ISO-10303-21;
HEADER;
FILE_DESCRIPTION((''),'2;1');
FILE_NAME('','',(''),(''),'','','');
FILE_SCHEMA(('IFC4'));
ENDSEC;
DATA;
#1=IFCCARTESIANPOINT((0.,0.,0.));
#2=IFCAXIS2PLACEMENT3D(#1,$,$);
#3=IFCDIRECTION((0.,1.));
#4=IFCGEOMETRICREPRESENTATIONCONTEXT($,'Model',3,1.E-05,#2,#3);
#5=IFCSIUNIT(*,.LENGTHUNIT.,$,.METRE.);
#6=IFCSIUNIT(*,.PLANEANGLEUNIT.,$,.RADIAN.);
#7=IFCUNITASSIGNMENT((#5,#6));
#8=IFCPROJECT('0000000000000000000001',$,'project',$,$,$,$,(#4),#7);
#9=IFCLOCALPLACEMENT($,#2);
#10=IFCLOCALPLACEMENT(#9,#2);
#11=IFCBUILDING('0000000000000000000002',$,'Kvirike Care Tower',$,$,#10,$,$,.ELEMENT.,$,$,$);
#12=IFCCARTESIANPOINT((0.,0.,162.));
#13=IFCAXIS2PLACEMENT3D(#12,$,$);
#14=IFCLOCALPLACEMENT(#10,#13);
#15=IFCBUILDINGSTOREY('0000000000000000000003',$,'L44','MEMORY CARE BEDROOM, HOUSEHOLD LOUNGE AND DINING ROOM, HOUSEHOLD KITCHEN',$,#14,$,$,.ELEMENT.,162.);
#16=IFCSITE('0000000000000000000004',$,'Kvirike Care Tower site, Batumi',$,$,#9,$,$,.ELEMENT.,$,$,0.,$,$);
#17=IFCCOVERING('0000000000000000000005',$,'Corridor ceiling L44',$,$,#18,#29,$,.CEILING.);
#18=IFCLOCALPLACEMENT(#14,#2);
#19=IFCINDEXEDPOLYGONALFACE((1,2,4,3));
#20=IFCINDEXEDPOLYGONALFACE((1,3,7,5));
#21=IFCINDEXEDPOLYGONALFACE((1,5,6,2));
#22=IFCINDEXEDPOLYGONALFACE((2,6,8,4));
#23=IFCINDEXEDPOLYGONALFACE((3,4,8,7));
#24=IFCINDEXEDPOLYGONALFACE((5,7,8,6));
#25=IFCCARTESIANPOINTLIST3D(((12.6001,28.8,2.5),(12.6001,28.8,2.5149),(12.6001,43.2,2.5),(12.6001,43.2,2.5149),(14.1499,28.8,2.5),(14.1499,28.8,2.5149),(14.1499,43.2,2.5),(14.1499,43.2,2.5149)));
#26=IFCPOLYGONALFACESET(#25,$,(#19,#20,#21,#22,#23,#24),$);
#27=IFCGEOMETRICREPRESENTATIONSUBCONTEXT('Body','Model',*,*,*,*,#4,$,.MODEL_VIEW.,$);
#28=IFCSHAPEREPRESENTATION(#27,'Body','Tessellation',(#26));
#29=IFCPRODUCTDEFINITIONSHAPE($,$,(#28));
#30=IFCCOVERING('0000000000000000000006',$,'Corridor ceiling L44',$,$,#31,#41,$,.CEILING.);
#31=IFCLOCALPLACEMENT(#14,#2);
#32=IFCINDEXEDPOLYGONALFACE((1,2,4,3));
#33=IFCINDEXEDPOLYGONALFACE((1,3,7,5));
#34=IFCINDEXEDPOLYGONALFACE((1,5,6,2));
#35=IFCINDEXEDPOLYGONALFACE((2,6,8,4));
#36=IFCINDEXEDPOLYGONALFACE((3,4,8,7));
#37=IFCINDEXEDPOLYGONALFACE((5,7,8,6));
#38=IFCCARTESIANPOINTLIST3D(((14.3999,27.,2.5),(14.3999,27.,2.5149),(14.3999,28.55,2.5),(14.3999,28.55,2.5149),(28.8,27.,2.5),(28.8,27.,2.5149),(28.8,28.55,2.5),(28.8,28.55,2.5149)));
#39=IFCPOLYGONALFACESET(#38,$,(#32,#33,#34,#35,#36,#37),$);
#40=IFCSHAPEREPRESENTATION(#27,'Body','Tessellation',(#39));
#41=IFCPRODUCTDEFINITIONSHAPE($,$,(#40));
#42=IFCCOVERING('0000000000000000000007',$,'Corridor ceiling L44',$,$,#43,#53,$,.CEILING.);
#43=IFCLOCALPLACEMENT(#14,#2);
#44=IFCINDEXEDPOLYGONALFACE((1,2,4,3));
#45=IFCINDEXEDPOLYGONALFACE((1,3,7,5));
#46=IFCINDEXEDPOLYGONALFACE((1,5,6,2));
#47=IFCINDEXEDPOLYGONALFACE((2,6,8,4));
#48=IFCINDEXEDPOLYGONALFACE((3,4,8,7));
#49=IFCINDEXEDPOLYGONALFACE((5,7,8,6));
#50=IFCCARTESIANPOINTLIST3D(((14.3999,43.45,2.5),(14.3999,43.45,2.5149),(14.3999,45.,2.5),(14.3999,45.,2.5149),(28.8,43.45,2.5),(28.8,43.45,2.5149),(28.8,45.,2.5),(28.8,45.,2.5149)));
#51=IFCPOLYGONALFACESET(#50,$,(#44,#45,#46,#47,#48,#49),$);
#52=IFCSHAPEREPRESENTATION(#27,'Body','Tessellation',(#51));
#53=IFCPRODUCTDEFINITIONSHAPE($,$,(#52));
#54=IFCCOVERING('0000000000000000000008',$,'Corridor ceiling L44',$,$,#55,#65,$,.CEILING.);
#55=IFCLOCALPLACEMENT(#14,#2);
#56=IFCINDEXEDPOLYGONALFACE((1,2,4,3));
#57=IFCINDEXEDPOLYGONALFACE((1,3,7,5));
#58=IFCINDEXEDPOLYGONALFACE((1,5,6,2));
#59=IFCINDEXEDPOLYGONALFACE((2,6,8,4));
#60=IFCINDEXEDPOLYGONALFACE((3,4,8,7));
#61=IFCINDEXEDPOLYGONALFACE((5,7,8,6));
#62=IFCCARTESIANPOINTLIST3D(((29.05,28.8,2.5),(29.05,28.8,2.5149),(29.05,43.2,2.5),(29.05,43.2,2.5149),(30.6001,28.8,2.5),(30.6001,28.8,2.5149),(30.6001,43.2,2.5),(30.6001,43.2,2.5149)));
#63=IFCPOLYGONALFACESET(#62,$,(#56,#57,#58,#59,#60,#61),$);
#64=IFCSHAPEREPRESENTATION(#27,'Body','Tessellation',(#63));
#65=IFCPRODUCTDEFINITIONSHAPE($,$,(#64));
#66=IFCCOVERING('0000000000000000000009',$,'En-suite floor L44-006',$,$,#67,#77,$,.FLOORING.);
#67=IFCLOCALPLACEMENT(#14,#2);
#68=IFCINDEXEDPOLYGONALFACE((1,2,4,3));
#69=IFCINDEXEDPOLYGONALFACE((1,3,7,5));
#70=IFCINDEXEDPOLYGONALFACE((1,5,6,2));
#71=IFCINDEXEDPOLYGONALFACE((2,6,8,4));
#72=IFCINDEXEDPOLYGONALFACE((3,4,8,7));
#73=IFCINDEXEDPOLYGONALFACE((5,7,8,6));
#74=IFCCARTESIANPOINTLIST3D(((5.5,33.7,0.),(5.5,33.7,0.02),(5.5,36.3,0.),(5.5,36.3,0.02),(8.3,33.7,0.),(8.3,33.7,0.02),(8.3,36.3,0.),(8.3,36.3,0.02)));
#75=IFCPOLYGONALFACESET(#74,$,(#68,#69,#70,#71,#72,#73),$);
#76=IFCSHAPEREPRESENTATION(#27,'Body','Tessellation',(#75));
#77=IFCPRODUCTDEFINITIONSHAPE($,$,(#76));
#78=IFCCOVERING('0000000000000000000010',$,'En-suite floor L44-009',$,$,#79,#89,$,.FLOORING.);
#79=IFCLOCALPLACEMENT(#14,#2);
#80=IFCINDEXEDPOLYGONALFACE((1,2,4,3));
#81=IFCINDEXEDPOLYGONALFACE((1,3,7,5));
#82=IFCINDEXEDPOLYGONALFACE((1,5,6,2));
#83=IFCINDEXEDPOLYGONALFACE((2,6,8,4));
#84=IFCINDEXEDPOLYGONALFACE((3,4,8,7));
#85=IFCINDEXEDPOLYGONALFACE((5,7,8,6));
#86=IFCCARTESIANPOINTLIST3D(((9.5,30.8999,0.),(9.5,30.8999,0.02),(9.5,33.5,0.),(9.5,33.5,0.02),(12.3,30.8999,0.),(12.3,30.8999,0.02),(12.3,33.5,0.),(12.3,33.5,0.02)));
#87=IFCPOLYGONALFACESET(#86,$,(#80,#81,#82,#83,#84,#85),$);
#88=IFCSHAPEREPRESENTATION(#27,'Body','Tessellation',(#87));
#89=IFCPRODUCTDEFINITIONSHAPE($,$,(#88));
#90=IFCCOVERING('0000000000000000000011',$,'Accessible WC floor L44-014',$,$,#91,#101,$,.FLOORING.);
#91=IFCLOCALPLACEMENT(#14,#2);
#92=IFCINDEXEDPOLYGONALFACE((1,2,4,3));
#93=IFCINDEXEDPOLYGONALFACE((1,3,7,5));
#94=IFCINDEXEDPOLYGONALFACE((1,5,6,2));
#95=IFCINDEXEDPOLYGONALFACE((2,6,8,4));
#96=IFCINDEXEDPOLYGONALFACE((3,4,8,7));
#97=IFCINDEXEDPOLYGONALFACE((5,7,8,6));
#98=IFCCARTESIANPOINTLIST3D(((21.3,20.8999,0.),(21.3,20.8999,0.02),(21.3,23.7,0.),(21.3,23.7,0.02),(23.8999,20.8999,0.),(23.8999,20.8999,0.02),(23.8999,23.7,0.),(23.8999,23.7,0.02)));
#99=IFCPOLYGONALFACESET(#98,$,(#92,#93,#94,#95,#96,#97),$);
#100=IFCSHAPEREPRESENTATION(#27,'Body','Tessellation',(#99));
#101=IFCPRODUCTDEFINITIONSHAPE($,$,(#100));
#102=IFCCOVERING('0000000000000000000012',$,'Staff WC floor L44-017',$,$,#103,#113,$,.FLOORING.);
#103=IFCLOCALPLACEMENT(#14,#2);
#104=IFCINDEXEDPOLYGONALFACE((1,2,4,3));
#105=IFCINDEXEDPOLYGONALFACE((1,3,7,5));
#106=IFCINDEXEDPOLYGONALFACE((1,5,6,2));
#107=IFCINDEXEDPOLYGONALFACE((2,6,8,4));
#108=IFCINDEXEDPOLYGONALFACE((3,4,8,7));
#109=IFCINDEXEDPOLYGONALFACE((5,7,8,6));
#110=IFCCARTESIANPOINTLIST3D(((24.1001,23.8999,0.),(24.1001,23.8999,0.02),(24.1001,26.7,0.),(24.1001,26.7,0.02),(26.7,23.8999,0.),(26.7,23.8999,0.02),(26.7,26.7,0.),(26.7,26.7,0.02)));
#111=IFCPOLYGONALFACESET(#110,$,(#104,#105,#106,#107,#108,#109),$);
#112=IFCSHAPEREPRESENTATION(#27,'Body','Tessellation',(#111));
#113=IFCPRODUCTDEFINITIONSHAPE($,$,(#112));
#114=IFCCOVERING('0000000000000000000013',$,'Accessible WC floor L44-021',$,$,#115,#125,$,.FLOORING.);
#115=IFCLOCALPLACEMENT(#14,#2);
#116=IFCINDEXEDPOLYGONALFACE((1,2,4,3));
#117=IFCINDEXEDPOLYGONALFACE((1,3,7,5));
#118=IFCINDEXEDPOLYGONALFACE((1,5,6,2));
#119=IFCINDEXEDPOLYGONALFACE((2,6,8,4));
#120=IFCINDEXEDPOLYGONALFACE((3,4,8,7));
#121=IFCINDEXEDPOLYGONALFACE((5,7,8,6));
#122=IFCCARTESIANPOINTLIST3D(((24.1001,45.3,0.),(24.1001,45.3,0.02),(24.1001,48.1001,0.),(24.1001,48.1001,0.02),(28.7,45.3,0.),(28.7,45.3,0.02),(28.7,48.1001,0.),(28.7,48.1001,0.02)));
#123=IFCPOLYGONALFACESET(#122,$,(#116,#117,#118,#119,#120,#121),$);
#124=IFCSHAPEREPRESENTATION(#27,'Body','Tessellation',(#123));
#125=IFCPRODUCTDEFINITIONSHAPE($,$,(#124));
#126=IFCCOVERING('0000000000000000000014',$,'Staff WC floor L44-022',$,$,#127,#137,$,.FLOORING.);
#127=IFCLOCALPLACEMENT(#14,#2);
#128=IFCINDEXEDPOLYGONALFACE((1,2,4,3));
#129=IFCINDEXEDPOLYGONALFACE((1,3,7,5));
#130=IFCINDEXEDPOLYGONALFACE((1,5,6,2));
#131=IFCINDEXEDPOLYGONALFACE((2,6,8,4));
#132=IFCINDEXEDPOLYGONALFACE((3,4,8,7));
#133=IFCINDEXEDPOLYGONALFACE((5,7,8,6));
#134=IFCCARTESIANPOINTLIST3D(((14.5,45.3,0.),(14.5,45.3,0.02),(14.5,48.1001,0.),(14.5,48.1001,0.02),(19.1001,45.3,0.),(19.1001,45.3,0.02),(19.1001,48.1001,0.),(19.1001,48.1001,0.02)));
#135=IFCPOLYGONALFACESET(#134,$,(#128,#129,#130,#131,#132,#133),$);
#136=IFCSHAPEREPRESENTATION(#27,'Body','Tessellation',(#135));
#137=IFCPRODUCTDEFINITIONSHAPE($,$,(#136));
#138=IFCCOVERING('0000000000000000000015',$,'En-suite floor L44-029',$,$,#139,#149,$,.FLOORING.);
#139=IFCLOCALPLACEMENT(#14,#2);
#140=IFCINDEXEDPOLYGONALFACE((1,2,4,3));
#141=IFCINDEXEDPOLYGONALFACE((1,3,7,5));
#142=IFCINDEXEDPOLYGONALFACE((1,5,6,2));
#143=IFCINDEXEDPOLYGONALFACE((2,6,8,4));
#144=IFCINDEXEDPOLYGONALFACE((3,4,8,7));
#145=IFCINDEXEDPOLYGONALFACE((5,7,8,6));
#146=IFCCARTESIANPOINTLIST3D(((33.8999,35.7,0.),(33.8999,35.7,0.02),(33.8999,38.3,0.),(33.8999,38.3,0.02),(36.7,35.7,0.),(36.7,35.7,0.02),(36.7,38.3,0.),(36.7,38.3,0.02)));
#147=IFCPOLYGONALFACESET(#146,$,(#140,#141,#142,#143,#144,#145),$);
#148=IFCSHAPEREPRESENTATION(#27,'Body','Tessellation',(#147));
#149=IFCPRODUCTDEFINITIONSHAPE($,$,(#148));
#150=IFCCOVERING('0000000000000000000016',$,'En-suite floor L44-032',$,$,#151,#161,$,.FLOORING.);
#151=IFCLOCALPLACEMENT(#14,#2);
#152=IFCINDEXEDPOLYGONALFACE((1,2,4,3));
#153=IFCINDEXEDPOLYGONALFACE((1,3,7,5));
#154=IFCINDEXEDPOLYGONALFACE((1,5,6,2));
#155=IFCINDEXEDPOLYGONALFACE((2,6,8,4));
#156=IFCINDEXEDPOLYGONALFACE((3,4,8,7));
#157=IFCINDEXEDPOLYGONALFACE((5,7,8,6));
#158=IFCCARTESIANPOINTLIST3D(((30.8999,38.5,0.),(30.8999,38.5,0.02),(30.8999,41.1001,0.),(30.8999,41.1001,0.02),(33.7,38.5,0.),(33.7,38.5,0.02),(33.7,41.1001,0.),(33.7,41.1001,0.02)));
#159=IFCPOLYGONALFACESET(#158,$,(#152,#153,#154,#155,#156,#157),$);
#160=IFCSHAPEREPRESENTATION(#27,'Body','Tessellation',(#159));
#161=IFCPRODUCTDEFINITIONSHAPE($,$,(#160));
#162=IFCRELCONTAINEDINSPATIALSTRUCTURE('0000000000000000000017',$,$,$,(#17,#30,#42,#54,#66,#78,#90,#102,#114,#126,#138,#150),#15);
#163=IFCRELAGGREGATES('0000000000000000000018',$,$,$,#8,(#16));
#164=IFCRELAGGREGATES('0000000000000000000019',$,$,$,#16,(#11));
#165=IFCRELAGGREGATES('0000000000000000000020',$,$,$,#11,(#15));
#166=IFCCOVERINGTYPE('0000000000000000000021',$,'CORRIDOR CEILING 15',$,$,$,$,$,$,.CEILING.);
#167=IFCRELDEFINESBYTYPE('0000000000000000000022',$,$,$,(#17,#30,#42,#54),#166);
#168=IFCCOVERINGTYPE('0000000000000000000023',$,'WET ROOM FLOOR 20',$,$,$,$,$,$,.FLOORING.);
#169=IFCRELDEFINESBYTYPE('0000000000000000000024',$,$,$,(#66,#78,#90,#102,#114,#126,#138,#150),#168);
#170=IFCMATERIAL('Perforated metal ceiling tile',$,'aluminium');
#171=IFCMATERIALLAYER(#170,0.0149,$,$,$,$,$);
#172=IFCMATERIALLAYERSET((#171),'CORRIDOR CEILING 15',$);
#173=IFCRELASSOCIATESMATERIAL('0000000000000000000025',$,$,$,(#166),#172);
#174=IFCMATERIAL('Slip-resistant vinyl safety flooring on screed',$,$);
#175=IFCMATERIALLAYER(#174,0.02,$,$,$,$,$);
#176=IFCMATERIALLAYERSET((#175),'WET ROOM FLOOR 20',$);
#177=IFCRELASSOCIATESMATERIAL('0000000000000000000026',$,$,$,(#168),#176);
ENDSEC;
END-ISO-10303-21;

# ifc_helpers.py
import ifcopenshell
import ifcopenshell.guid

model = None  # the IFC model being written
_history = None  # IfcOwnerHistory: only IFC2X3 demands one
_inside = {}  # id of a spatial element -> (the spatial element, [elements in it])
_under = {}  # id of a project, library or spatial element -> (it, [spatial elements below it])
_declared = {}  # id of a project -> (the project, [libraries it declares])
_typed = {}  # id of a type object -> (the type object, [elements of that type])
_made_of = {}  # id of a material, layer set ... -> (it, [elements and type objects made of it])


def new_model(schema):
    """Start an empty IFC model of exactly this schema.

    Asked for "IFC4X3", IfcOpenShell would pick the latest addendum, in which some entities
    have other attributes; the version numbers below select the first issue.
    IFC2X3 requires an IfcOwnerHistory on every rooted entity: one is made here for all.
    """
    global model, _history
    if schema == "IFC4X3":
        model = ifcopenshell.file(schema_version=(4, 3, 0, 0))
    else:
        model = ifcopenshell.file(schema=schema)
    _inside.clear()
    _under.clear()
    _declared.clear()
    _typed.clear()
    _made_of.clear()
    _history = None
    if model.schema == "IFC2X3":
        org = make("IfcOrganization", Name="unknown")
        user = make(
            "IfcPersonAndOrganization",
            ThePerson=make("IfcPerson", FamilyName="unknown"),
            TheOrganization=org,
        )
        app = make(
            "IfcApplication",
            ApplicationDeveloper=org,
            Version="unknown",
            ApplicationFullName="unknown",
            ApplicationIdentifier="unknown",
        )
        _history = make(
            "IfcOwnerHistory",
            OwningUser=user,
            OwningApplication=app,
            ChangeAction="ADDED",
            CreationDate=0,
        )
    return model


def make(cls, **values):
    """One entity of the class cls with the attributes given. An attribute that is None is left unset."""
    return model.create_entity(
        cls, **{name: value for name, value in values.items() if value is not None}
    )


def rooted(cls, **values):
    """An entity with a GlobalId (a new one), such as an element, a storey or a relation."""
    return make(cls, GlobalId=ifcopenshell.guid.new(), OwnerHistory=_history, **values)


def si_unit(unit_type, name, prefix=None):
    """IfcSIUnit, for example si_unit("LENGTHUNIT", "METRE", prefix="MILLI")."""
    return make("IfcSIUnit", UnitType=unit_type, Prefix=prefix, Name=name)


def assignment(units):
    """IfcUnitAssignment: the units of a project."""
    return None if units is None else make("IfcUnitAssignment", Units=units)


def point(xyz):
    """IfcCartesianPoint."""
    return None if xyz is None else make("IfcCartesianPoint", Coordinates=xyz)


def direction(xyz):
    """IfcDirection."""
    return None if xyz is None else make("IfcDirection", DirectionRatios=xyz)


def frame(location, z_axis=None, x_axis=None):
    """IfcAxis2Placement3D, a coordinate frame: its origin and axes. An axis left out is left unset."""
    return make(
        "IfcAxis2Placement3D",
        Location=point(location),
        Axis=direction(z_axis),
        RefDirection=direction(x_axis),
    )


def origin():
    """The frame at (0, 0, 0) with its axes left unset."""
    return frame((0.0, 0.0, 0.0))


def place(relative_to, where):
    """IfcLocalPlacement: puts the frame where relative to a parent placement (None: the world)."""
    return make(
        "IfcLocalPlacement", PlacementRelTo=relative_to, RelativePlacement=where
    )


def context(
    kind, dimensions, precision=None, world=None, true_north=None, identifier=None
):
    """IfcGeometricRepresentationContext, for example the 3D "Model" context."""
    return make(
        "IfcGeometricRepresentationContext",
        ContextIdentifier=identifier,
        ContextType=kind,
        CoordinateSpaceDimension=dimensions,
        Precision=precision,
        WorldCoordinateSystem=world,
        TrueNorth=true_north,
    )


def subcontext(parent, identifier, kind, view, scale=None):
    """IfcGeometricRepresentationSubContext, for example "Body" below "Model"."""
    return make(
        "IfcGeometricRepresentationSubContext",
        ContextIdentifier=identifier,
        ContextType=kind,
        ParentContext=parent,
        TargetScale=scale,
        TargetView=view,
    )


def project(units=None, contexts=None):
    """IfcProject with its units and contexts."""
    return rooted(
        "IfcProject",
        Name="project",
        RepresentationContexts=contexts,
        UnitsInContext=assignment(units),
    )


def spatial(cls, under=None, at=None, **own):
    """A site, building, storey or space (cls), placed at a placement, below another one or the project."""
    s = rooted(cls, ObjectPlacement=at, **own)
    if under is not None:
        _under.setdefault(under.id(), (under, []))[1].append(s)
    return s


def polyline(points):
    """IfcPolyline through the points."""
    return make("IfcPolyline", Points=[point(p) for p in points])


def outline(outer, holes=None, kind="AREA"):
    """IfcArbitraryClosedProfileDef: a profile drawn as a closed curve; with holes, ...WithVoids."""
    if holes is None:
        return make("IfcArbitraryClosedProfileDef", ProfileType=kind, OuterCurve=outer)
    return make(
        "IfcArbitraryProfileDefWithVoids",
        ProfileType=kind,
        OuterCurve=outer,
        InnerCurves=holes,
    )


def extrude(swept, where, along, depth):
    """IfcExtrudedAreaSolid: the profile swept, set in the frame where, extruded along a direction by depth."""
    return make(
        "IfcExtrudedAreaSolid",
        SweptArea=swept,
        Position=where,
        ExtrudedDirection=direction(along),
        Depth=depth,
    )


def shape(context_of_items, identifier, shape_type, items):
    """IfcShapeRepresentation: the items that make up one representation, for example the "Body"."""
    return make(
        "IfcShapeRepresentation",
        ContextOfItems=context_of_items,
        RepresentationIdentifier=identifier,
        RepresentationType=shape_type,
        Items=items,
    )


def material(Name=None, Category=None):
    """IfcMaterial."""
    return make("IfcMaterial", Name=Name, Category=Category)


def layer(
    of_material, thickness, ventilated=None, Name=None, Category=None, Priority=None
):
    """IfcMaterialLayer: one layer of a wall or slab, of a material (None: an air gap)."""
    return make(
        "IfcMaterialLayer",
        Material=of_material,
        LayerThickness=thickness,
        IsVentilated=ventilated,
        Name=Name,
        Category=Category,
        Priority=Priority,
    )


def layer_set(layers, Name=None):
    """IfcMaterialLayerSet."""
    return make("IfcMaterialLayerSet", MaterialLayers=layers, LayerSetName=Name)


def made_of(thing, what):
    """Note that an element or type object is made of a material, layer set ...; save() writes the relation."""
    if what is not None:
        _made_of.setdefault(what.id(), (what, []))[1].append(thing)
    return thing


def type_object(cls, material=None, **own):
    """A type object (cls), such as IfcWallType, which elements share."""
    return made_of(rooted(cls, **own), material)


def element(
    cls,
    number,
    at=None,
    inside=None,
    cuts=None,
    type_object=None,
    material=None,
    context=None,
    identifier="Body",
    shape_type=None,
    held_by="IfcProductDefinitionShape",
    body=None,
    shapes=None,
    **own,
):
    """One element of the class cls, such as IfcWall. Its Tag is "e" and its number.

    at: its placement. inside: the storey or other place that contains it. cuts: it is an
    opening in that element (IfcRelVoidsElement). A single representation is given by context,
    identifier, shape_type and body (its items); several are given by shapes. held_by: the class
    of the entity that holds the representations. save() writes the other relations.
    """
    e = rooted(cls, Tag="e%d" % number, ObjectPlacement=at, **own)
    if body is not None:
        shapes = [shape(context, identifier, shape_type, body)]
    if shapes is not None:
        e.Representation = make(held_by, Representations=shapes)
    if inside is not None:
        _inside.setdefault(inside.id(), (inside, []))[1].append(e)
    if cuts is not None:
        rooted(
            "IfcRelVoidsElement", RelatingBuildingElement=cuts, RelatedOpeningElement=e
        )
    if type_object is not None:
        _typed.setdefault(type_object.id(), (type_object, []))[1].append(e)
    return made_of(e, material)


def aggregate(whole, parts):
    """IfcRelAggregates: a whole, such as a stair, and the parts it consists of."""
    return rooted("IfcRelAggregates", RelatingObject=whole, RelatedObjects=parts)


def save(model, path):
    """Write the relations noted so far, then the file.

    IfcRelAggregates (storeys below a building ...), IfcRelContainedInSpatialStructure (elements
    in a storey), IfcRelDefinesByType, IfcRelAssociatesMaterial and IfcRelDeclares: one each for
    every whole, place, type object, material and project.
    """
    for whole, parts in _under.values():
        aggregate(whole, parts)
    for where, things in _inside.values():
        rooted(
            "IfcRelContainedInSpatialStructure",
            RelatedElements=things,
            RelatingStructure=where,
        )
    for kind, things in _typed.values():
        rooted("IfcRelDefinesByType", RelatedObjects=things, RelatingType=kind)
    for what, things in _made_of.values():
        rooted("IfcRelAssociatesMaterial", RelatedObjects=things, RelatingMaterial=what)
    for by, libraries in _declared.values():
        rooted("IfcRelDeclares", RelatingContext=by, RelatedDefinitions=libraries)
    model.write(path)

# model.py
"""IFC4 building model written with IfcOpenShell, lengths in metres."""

from ifc_helpers import new_model, si_unit, direction, frame, origin, place, context, subcontext, project, spatial, polyline, outline, extrude, material, layer, layer_set, type_object, element, save


model = new_model("IFC4")

# Units and contexts
model_context = context("Model", 3, precision=1e-05, world=origin(), true_north=direction((0.0, 1.0)))
body_context = subcontext(model_context, "Body", "Model", "MODEL_VIEW")
ifc_project = project(units=[si_unit("LENGTHUNIT", "METRE"), si_unit("PLANEANGLEUNIT", "RADIAN")], contexts=[model_context])

# Site, building, storey
site_placement = place(None, origin())
site = spatial("IfcSite", under=ifc_project, at=site_placement, Name="Kvirike Care Tower site, Batumi", CompositionType="ELEMENT", RefElevation=0.0)
building_placement = place(site_placement, origin())
building = spatial("IfcBuilding", under=site, at=building_placement, Name="Kvirike Care Tower", CompositionType="ELEMENT")
storey_placement = place(building_placement, frame((0.0, 0.0, 162.0)))
storey = spatial("IfcBuildingStorey", under=building, at=storey_placement, Name="L44", Description="MEMORY CARE BEDROOM, HOUSEHOLD LOUNGE AND DINING ROOM, HOUSEHOLD KITCHEN", CompositionType="ELEMENT", Elevation=162.0)

# Coverings
ifc_material_1 = material(Name="Perforated metal ceiling tile", Category="aluminium")
ifc_layer_1 = layer(ifc_material_1, 0.0149)
ifc_layer_set_1 = layer_set([ifc_layer_1], Name="CORRIDOR CEILING 15")
covering_type_1 = type_object("IfcCoveringType", Name="CORRIDOR CEILING 15", PredefinedType="CEILING", material=ifc_layer_set_1)
covering_1_placement = place(storey_placement, frame((0.0, 0.0, 2.5)))
element("IfcCovering", 1, at=covering_1_placement, inside=storey, type_object=covering_type_1, Name="Corridor ceiling L44", PredefinedType="CEILING", context=body_context, shape_type="SweptSolid", body=[
    extrude(outline(polyline([(12.6001, 43.2), (14.1499, 43.2), (14.1499, 28.8), (12.6001, 28.8), (12.6001, 43.2)])), origin(), (0.0, 0.0, 1.0), 0.0149),
])
covering_2_placement = place(storey_placement, frame((0.0, 0.0, 2.5)))
element("IfcCovering", 2, at=covering_2_placement, inside=storey, type_object=covering_type_1, Name="Corridor ceiling L44", PredefinedType="CEILING", context=body_context, shape_type="SweptSolid", body=[
    extrude(outline(polyline([(14.3999, 27.0), (14.3999, 28.55), (28.8, 28.55), (28.8, 27.0), (14.3999, 27.0)])), origin(), (0.0, 0.0, 1.0), 0.0149),
])
covering_3_placement = place(storey_placement, frame((0.0, 0.0, 2.5)))
element("IfcCovering", 3, at=covering_3_placement, inside=storey, type_object=covering_type_1, Name="Corridor ceiling L44", PredefinedType="CEILING", context=body_context, shape_type="SweptSolid", body=[
    extrude(outline(polyline([(28.8, 45.0), (28.8, 43.45), (14.3999, 43.45), (14.3999, 45.0), (28.8, 45.0)])), origin(), (0.0, 0.0, 1.0), 0.0149),
])
covering_4_placement = place(storey_placement, frame((0.0, 0.0, 2.5)))
element("IfcCovering", 4, at=covering_4_placement, inside=storey, type_object=covering_type_1, Name="Corridor ceiling L44", PredefinedType="CEILING", context=body_context, shape_type="SweptSolid", body=[
    extrude(outline(polyline([(30.6001, 28.8), (29.05, 28.8), (29.05, 43.2), (30.6001, 43.2), (30.6001, 28.8)])), origin(), (0.0, 0.0, 1.0), 0.0149),
])
ifc_material_2 = material(Name="Slip-resistant vinyl safety flooring on screed")
ifc_layer_2 = layer(ifc_material_2, 0.02)
ifc_layer_set_2 = layer_set([ifc_layer_2], Name="WET ROOM FLOOR 20")
covering_type_2 = type_object("IfcCoveringType", Name="WET ROOM FLOOR 20", PredefinedType="FLOORING", material=ifc_layer_set_2)
covering_5_placement = place(storey_placement, origin())
element("IfcCovering", 5, at=covering_5_placement, inside=storey, type_object=covering_type_2, Name="En-suite floor L44-006", PredefinedType="FLOORING", context=body_context, shape_type="SweptSolid", body=[
    extrude(outline(polyline([(5.5, 36.3), (8.3, 36.3), (8.3, 33.7), (5.5, 33.7), (5.5, 36.3)])), origin(), (0.0, 0.0, 1.0), 0.02),
])
covering_6_placement = place(storey_placement, origin())
element("IfcCovering", 6, at=covering_6_placement, inside=storey, type_object=covering_type_2, Name="En-suite floor L44-009", PredefinedType="FLOORING", context=body_context, shape_type="SweptSolid", body=[
    extrude(outline(polyline([(9.5, 33.5), (12.3, 33.5), (12.3, 30.8999), (9.5, 30.8999), (9.5, 33.5)])), origin(), (0.0, 0.0, 1.0), 0.02),
])
covering_7_placement = place(storey_placement, origin())
element("IfcCovering", 7, at=covering_7_placement, inside=storey, type_object=covering_type_2, Name="Accessible WC floor L44-014", PredefinedType="FLOORING", context=body_context, shape_type="SweptSolid", body=[
    extrude(outline(polyline([(21.3, 20.8999), (21.3, 23.7), (23.8999, 23.7), (23.8999, 20.8999), (21.3, 20.8999)])), origin(), (0.0, 0.0, 1.0), 0.02),
])
covering_8_placement = place(storey_placement, origin())
element("IfcCovering", 8, at=covering_8_placement, inside=storey, type_object=covering_type_2, Name="Staff WC floor L44-017", PredefinedType="FLOORING", context=body_context, shape_type="SweptSolid", body=[
    extrude(outline(polyline([(24.1001, 23.8999), (24.1001, 26.7), (26.7, 26.7), (26.7, 23.8999), (24.1001, 23.8999)])), origin(), (0.0, 0.0, 1.0), 0.02),
])
covering_9_placement = place(storey_placement, origin())
element("IfcCovering", 9, at=covering_9_placement, inside=storey, type_object=covering_type_2, Name="Accessible WC floor L44-021", PredefinedType="FLOORING", context=body_context, shape_type="SweptSolid", body=[
    extrude(outline(polyline([(28.7, 48.1001), (28.7, 45.3), (24.1001, 45.3), (24.1001, 48.1001), (28.7, 48.1001)])), origin(), (0.0, 0.0, 1.0), 0.02),
])
covering_10_placement = place(storey_placement, origin())
element("IfcCovering", 10, at=covering_10_placement, inside=storey, type_object=covering_type_2, Name="Staff WC floor L44-022", PredefinedType="FLOORING", context=body_context, shape_type="SweptSolid", body=[
    extrude(outline(polyline([(19.1001, 48.1001), (19.1001, 45.3), (14.5, 45.3), (14.5, 48.1001), (19.1001, 48.1001)])), origin(), (0.0, 0.0, 1.0), 0.02),
])
covering_11_placement = place(storey_placement, origin())
element("IfcCovering", 11, at=covering_11_placement, inside=storey, type_object=covering_type_2, Name="En-suite floor L44-029", PredefinedType="FLOORING", context=body_context, shape_type="SweptSolid", body=[
    extrude(outline(polyline([(36.7, 35.7), (33.8999, 35.7), (33.8999, 38.3), (36.7, 38.3), (36.7, 35.7)])), origin(), (0.0, 0.0, 1.0), 0.02),
])
covering_12_placement = place(storey_placement, origin())
element("IfcCovering", 12, at=covering_12_placement, inside=storey, type_object=covering_type_2, Name="En-suite floor L44-032", PredefinedType="FLOORING", context=body_context, shape_type="SweptSolid", body=[
    extrude(outline(polyline([(33.7, 38.5), (30.8999, 38.5), (30.8999, 41.1001), (33.7, 41.1001), (33.7, 38.5)])), origin(), (0.0, 0.0, 1.0), 0.02),
])

save(model, "model.ifc")
